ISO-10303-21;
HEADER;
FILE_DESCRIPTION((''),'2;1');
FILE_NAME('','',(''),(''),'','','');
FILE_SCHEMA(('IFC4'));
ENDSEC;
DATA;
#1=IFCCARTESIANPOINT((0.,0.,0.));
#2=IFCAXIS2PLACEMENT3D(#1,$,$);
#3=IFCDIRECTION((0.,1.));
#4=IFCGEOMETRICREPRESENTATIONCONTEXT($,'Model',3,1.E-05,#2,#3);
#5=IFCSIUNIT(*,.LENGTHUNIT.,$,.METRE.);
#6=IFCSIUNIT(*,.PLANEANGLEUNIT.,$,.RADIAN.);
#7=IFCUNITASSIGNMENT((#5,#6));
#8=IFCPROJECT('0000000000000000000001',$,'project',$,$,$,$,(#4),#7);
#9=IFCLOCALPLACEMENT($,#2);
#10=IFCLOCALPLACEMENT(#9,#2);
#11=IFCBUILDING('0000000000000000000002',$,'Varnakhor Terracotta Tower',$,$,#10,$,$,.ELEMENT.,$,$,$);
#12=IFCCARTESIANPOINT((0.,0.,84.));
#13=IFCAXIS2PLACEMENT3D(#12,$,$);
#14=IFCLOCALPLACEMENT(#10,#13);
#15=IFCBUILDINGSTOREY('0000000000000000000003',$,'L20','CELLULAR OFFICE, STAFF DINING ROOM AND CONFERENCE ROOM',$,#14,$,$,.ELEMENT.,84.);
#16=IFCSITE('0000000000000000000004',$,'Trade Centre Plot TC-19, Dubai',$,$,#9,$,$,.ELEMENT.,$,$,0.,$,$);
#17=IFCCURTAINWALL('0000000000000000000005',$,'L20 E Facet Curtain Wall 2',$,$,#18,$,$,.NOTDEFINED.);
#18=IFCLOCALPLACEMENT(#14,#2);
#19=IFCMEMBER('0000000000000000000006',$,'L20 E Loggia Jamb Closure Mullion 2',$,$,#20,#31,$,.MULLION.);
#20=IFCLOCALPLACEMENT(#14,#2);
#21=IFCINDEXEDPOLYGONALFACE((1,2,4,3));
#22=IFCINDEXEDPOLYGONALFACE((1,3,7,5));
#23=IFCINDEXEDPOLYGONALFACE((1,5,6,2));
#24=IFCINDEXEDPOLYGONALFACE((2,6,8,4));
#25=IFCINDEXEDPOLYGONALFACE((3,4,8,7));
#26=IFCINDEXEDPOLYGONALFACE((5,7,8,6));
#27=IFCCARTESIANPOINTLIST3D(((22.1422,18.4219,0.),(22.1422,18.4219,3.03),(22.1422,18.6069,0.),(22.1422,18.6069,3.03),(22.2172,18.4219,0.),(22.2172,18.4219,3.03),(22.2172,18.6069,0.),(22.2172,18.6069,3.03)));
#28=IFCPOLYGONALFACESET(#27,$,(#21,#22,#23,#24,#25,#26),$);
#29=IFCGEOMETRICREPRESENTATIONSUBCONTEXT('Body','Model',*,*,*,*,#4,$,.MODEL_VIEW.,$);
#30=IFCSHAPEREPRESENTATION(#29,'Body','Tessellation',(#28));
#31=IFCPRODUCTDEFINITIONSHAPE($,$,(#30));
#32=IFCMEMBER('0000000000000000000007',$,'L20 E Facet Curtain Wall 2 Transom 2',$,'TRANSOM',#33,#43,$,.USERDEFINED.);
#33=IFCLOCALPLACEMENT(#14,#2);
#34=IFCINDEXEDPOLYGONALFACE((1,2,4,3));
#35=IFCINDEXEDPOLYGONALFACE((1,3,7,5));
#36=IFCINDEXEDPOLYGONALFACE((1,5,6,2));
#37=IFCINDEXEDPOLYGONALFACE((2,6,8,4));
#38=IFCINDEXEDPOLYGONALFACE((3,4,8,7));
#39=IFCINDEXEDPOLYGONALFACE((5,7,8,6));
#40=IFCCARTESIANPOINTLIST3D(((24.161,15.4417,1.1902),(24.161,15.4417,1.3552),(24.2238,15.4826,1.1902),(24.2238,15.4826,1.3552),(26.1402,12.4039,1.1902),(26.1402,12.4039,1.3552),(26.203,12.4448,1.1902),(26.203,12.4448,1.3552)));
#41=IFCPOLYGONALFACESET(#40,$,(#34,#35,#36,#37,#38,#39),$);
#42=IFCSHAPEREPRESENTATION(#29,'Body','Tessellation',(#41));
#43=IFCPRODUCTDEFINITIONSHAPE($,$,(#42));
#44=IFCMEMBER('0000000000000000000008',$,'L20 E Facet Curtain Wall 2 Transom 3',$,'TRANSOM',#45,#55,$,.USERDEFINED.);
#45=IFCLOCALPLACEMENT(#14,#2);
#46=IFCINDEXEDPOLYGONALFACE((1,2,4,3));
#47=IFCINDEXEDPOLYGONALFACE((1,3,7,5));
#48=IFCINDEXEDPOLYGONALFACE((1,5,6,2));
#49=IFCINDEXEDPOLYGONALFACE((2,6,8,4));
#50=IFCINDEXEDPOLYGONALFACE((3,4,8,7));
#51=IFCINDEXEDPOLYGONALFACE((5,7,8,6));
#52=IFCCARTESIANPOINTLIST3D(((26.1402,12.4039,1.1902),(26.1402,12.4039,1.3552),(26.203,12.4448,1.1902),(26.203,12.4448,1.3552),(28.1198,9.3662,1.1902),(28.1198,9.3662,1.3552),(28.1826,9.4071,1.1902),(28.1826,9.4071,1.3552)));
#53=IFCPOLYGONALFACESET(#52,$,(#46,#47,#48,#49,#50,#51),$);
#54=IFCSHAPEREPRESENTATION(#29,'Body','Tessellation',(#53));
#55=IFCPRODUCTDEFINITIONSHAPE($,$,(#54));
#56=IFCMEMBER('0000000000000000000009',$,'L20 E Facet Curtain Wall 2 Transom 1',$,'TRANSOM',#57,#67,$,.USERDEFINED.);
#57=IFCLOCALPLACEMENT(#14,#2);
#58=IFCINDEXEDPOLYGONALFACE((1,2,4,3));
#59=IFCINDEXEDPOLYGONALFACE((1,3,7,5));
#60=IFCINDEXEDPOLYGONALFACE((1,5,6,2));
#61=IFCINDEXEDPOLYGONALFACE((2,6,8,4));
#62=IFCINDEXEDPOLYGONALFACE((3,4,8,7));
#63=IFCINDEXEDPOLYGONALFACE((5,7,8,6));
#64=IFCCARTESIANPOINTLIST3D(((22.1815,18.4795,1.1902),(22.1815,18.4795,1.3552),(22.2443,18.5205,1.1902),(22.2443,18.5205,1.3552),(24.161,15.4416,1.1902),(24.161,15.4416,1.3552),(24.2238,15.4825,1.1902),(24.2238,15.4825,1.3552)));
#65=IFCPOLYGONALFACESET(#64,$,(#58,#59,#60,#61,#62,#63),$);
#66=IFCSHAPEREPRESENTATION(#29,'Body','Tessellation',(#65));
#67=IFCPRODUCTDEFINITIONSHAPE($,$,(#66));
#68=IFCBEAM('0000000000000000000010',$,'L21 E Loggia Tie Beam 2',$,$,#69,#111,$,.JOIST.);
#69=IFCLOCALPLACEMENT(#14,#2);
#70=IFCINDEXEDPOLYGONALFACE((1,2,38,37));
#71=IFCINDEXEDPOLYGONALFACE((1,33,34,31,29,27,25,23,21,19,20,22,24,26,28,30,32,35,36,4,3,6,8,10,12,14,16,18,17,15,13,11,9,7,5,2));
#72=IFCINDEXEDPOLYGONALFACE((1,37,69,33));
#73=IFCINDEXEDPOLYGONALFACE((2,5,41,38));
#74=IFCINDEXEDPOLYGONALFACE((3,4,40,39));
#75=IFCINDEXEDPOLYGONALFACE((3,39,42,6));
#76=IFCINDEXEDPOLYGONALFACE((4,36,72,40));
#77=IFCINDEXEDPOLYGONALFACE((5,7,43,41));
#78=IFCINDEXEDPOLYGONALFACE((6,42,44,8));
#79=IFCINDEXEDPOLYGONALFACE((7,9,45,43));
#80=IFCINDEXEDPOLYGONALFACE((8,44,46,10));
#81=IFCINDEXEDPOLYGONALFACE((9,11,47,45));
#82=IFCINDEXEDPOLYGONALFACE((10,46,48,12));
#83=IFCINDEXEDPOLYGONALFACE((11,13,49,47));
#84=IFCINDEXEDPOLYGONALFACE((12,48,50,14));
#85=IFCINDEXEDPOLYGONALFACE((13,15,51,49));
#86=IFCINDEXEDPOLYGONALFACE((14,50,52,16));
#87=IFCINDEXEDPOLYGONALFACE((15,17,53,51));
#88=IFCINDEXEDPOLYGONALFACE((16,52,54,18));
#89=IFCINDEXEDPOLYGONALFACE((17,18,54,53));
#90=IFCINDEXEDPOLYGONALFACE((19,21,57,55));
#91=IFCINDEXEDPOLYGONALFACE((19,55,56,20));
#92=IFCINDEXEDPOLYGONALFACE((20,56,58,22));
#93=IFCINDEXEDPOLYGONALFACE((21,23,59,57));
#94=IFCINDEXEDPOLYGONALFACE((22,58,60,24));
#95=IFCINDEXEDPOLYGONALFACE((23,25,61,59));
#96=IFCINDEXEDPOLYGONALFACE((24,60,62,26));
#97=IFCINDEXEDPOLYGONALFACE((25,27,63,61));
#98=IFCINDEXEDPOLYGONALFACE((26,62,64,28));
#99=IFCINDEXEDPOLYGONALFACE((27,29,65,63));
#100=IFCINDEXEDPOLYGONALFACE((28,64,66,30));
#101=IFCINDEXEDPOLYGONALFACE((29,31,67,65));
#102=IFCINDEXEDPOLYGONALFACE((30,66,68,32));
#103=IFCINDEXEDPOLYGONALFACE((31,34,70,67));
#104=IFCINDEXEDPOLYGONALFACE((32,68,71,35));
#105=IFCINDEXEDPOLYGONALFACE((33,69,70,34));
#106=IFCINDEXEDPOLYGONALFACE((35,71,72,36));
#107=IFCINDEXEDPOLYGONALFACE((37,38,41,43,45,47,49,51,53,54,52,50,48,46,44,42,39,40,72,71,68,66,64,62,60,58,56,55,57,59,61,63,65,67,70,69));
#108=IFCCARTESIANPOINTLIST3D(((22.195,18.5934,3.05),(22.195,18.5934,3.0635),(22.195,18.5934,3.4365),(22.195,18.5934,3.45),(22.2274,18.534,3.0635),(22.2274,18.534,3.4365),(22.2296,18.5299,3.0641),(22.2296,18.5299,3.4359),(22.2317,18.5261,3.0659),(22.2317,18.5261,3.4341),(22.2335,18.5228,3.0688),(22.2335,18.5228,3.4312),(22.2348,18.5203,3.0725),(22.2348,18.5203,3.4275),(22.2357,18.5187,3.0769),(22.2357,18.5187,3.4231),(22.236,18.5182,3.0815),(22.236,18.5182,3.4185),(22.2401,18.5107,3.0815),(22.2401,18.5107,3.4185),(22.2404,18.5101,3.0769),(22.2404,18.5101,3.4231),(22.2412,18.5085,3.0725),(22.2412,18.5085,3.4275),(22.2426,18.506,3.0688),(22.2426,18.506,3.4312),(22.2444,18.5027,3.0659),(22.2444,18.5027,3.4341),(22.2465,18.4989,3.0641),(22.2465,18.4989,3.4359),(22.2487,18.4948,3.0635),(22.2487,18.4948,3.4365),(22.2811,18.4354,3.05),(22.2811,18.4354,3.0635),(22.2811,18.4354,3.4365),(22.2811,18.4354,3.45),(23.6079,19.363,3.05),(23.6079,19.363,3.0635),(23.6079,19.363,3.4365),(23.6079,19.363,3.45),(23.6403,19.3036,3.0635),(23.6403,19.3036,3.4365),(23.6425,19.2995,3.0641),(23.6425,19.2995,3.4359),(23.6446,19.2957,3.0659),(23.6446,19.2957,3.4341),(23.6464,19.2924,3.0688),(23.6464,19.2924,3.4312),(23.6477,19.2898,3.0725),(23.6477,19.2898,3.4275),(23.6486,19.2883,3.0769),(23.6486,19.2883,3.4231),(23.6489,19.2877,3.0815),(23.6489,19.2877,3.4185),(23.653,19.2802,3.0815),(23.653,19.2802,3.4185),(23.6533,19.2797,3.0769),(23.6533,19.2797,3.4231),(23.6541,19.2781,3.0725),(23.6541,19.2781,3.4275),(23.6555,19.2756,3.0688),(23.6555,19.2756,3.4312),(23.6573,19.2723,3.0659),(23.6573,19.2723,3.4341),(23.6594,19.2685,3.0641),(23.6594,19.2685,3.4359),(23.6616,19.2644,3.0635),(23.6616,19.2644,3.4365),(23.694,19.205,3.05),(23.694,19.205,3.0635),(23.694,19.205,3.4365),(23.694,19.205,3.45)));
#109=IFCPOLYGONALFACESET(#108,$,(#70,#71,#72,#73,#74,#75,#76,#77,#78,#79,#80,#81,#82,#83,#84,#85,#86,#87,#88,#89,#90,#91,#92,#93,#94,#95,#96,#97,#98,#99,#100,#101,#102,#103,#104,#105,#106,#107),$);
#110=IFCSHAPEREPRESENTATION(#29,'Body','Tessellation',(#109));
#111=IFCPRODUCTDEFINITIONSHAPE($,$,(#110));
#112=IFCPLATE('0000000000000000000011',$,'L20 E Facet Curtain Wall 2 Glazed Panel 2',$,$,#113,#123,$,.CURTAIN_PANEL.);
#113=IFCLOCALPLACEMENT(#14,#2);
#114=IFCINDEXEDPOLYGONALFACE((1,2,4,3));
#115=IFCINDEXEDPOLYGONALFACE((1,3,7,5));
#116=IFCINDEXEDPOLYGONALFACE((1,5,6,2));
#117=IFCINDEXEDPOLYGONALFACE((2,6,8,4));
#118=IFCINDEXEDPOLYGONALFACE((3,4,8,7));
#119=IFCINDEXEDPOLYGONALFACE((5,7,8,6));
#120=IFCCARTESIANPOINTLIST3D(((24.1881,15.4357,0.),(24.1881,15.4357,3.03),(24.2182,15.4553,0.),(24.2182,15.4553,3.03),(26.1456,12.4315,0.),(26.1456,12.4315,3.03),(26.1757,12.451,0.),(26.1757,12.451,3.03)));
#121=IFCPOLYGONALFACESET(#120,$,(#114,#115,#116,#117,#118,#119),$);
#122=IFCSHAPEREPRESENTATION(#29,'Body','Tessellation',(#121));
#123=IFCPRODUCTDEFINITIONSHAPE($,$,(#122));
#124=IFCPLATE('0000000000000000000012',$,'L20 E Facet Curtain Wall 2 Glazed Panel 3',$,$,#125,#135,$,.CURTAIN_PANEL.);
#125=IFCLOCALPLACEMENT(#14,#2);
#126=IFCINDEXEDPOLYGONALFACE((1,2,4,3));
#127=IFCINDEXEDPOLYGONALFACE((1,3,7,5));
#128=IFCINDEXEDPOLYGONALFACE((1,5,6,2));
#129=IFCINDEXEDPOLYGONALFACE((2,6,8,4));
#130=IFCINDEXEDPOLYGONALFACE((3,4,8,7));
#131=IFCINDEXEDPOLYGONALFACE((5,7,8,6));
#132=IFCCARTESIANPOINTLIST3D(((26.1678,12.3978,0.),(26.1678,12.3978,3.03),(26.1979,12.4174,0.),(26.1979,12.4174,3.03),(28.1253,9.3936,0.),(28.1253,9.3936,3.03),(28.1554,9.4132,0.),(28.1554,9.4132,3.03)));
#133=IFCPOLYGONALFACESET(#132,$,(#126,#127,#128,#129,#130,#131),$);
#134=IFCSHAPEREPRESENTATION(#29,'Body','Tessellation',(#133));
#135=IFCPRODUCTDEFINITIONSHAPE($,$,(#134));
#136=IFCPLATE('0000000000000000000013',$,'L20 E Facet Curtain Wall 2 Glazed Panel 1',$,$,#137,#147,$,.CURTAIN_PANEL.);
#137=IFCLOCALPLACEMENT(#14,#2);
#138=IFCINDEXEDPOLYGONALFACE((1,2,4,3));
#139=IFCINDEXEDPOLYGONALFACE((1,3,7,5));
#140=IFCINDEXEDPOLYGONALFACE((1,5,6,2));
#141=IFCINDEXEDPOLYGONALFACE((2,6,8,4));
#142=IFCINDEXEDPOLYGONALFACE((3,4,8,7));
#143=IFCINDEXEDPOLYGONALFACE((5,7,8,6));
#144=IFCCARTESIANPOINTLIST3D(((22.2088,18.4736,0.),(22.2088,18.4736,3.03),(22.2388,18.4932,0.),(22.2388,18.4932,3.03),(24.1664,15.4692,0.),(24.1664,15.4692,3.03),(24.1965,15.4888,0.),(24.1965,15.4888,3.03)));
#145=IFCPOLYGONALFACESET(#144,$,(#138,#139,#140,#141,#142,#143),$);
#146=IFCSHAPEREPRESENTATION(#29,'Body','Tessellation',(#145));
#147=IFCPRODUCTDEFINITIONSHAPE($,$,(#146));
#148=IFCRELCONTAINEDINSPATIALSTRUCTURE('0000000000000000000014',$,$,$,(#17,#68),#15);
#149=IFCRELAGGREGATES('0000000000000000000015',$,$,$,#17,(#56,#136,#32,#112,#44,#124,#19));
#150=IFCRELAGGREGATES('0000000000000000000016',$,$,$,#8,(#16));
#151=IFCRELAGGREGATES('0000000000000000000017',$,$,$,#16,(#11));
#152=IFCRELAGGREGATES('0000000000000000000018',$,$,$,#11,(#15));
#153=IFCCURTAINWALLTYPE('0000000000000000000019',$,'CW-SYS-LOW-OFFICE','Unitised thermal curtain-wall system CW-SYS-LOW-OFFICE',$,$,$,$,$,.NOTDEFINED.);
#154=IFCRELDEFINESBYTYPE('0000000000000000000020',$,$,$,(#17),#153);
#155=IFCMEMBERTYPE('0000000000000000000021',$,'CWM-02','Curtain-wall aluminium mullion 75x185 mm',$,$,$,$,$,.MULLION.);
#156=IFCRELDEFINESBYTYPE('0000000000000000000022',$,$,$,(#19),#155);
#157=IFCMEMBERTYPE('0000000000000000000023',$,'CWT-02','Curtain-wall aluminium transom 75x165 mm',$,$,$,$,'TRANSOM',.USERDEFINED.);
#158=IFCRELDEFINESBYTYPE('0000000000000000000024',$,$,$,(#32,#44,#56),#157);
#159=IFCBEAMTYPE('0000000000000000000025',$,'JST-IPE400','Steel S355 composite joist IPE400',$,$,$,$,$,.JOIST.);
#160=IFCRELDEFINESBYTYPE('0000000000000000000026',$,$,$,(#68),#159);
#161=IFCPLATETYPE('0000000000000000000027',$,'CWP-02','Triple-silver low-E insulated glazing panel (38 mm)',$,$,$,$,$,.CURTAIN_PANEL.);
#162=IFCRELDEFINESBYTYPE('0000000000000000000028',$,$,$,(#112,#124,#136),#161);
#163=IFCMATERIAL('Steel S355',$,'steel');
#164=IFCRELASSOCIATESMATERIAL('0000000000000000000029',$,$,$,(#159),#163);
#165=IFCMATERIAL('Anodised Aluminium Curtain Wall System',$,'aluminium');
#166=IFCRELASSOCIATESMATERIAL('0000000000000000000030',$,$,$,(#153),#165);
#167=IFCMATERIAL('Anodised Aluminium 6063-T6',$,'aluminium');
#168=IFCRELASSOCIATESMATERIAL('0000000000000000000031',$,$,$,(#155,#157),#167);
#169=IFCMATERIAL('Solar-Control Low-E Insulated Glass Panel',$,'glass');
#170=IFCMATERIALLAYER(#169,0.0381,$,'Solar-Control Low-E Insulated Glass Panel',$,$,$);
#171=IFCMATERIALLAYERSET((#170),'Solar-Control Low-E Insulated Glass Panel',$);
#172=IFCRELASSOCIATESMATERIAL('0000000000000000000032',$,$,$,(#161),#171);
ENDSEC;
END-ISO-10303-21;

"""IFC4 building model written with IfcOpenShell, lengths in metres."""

from ifc_helpers import new_model, si_unit, direction, frame, origin, origin_2d, place, context, subcontext, project, spatial, rectangle, i_section, extrude, source, transform, mapped, material, layer, layer_set, material_profile, profile_set, type_object, type_shapes, element, aggregate, save


model = new_model("IFC4")

# Units and contexts
model_context = context("Model", 3, precision=1e-05, world=origin(), true_north=direction((0.0, 1.0)))
body_context = subcontext(model_context, "Body", "Model", "MODEL_VIEW")
ifc_project = project(units=[si_unit("LENGTHUNIT", "METRE"), si_unit("PLANEANGLEUNIT", "RADIAN")], contexts=[model_context])

# Site, building, storey
site_placement = place(None, origin())
site = spatial("IfcSite", under=ifc_project, at=site_placement, Name="Trade Centre Plot TC-19, Dubai", CompositionType="ELEMENT", RefElevation=0.0)
building_placement = place(site_placement, origin())
building = spatial("IfcBuilding", under=site, at=building_placement, Name="Varnakhor Terracotta Tower", CompositionType="ELEMENT")
storey_placement = place(building_placement, frame((0.0, 0.0, 84.0)))
storey = spatial("IfcBuildingStorey", under=building, at=storey_placement, Name="L20", Description="CELLULAR OFFICE, STAFF DINING ROOM AND CONFERENCE ROOM", CompositionType="ELEMENT", Elevation=84.0)

# Shared definitions
ifc_material_1 = material(Name="Steel S355", Category="steel")
ifc_material_profile_1 = material_profile(ifc_material_1, i_section(OverallWidth=0.1799, OverallDepth=0.3999, WebThickness=0.0085, FlangeThickness=0.0134, FilletRadius=0.0181, at=origin_2d()), Name="IPE400")
ifc_profile_set_1 = profile_set([ifc_material_profile_1], Name="Steel S355")
beam_type_1 = type_object("IfcBeamType", Name="JST-IPE400", Description="Steel S355 composite joist IPE400", PredefinedType="JOIST", material=ifc_profile_set_1)

# Curtain wall, members
ifc_material_2 = material(Name="Anodised Aluminium Curtain Wall System", Category="aluminium")
curtain_wall_type = type_object("IfcCurtainWallType", Name="CW-SYS-LOW-OFFICE", Description="Unitised thermal curtain-wall system CW-SYS-LOW-OFFICE", PredefinedType="NOTDEFINED", material=ifc_material_2)
curtain_wall_placement = place(storey_placement, origin())
curtain_wall = element("IfcCurtainWall", 1, at=curtain_wall_placement, inside=storey, type_object=curtain_wall_type, Name="L20 E Facet Curtain Wall 2", PredefinedType="NOTDEFINED")
ifc_material_3 = material(Name="Anodised Aluminium 6063-T6", Category="aluminium")
ifc_material_profile_2 = material_profile(ifc_material_3, rectangle(XDim=0.075, YDim=0.1851, at=origin_2d()), Name="ALU MULLION 75x185")
ifc_profile_set_2 = profile_set([ifc_material_profile_2], Name="Anodised Aluminium 6063-T6")
member_type_1 = type_object("IfcMemberType", Name="CWM-02", Description="Curtain-wall aluminium mullion 75x185 mm", PredefinedType="MULLION", material=ifc_profile_set_2)
shared_shape_1 = source(origin(), body_context, "Body", "SweptSolid", [
    extrude(rectangle(XDim=0.075, YDim=0.1851, at=origin_2d()), origin(), (0.0, 0.0, 1.0), 3.03),
])
type_shapes(member_type_1, [shared_shape_1])
member_1_placement = place(storey_placement, frame((22.1797, 18.5144, 0.0), z_axis=(0.0, 0.0, 1.0), x_axis=(1.0, 0.0, 0.0)))
member_1 = element("IfcMember", 2, at=member_1_placement, type_object=member_type_1, Name="L20 E Loggia Jamb Closure Mullion 2", PredefinedType="MULLION", context=body_context, shape_type="MappedRepresentation", body=[
    mapped(shared_shape_1, transform((0.0, 0.0, 0.0), scale=1.0)),
])
ifc_material_profile_3 = material_profile(ifc_material_3, rectangle(XDim=0.075, YDim=0.165, at=origin_2d()), Name="ALU TRANSOM 75x165")
ifc_profile_set_3 = profile_set([ifc_material_profile_3], Name="Anodised Aluminium 6063-T6")
member_type_2 = type_object("IfcMemberType", Name="CWT-02", Description="Curtain-wall aluminium transom 75x165 mm", ElementType="TRANSOM", PredefinedType="USERDEFINED", material=ifc_profile_set_3)
shared_shape_2 = source(origin(), body_context, "Body", "SweptSolid", [
    extrude(rectangle(XDim=0.075, YDim=0.165, at=origin_2d()), origin(), (0.0, 0.0, 1.0), 3.6257),
])
member_2_placement = place(storey_placement, frame((24.1924, 15.4622, 1.2727), z_axis=(0.54589, -0.837857, 0.0), x_axis=(0.837857, 0.54589, 0.0)))
member_2 = element("IfcMember", 3, at=member_2_placement, type_object=member_type_2, Name="L20 E Facet Curtain Wall 2 Transom 2", ObjectType="TRANSOM", PredefinedType="USERDEFINED", context=body_context, shape_type="MappedRepresentation", body=[
    mapped(shared_shape_2, transform((0.0, 0.0, 0.0), scale=1.0)),
])
member_3_placement = place(storey_placement, frame((26.1716, 12.4243, 1.2727), z_axis=(0.545968, -0.837806, 0.0), x_axis=(0.837806, 0.545968, 0.0)))
member_3 = element("IfcMember", 4, at=member_3_placement, type_object=member_type_2, Name="L20 E Facet Curtain Wall 2 Transom 3", ObjectType="TRANSOM", PredefinedType="USERDEFINED", context=body_context, shape_type="MappedRepresentation", body=[
    mapped(shared_shape_2, transform((0.0, 0.0, 0.0), scale=1.0)),
])
shared_shape_3 = source(origin(), body_context, "Body", "SweptSolid", [
    extrude(rectangle(XDim=0.075, YDim=0.165, at=origin_2d()), origin(), (0.0, 0.0, 1.0), 3.626),
])
member_4_placement = place(storey_placement, frame((22.2129, 18.5, 1.2727), z_axis=(0.545937, -0.837826, 0.0), x_axis=(0.837826, 0.545937, 0.0)))
member_4 = element("IfcMember", 5, at=member_4_placement, type_object=member_type_2, Name="L20 E Facet Curtain Wall 2 Transom 1", ObjectType="TRANSOM", PredefinedType="USERDEFINED", context=body_context, shape_type="MappedRepresentation", body=[
    mapped(shared_shape_3, transform((0.0, 0.0, 0.0), scale=1.0)),
])

# Beam
shared_shape_4 = source(origin(), body_context, "Body", "SweptSolid", [
    extrude(i_section(OverallWidth=0.1799, OverallDepth=0.3999, WebThickness=0.0085, FlangeThickness=0.0134, FilletRadius=0.0181, at=origin_2d()), origin(), (0.0, 0.0, 1.0), 1.6089),
])
beam_1_placement = place(storey_placement, frame((22.238, 18.5144, 3.25), z_axis=(0.878185, 0.47832, 0.0), x_axis=(-0.47832, 0.878185, 0.0)))
element("IfcBeam", 6, at=beam_1_placement, inside=storey, type_object=beam_type_1, Name="L21 E Loggia Tie Beam 2", PredefinedType="JOIST", context=body_context, shape_type="MappedRepresentation", body=[
    mapped(shared_shape_4, transform((0.0, 0.0, 0.0), scale=1.0)),
])

# Plates
ifc_material_4 = material(Name="Solar-Control Low-E Insulated Glass Panel", Category="glass")
ifc_layer_1 = layer(ifc_material_4, 0.0381, Name="Solar-Control Low-E Insulated Glass Panel")
ifc_layer_set_1 = layer_set([ifc_layer_1], Name="Solar-Control Low-E Insulated Glass Panel")
plate_type = type_object("IfcPlateType", Name="CWP-02", Description="Triple-silver low-E insulated glazing panel (38 mm)", PredefinedType="CURTAIN_PANEL", material=ifc_layer_set_1)
shared_shape_5 = source(origin(), body_context, "Body", "SweptSolid", [
    extrude(rectangle(XDim=3.5857, YDim=0.0359, at=origin_2d()), origin(), (0.0, 0.0, 1.0), 3.03),
])
plate_1_placement = place(storey_placement, frame((25.1819, 13.9434, 0.0), z_axis=(0.0, 0.0, 1.0), x_axis=(0.545926, -0.837833, 0.0)))
plate_1 = element("IfcPlate", 7, at=plate_1_placement, type_object=plate_type, Name="L20 E Facet Curtain Wall 2 Glazed Panel 2", PredefinedType="CURTAIN_PANEL", context=body_context, shape_type="MappedRepresentation", body=[
    mapped(shared_shape_5, transform((0.0, 0.0, 0.0), scale=1.0)),
])
plate_2_placement = place(storey_placement, frame((27.1616, 10.9055, 0.0), z_axis=(0.0, 0.0, 1.0), x_axis=(0.545926, -0.837833, 0.0)))
plate_2 = element("IfcPlate", 8, at=plate_2_placement, type_object=plate_type, Name="L20 E Facet Curtain Wall 2 Glazed Panel 3", PredefinedType="CURTAIN_PANEL", context=body_context, shape_type="MappedRepresentation", body=[
    mapped(shared_shape_5, transform((0.0, 0.0, 0.0), scale=1.0)),
])
shared_shape_6 = source(origin(), body_context, "Body", "SweptSolid", [
    extrude(rectangle(XDim=3.5859, YDim=0.0359, at=origin_2d()), origin(), (0.0, 0.0, 1.0), 3.03),
])
plate_3_placement = place(storey_placement, frame((23.2026, 16.9812, 0.0), z_axis=(0.0, 0.0, 1.0), x_axis=(0.545926, -0.837833, 0.0)))
plate_3 = element("IfcPlate", 9, at=plate_3_placement, type_object=plate_type, Name="L20 E Facet Curtain Wall 2 Glazed Panel 1", PredefinedType="CURTAIN_PANEL", context=body_context, shape_type="MappedRepresentation", body=[
    mapped(shared_shape_6, transform((0.0, 0.0, 0.0), scale=1.0)),
])
aggregate(curtain_wall, [member_4, plate_3, member_2, plate_1, member_3, plate_2, member_1])

save(model, "model.ifc")
